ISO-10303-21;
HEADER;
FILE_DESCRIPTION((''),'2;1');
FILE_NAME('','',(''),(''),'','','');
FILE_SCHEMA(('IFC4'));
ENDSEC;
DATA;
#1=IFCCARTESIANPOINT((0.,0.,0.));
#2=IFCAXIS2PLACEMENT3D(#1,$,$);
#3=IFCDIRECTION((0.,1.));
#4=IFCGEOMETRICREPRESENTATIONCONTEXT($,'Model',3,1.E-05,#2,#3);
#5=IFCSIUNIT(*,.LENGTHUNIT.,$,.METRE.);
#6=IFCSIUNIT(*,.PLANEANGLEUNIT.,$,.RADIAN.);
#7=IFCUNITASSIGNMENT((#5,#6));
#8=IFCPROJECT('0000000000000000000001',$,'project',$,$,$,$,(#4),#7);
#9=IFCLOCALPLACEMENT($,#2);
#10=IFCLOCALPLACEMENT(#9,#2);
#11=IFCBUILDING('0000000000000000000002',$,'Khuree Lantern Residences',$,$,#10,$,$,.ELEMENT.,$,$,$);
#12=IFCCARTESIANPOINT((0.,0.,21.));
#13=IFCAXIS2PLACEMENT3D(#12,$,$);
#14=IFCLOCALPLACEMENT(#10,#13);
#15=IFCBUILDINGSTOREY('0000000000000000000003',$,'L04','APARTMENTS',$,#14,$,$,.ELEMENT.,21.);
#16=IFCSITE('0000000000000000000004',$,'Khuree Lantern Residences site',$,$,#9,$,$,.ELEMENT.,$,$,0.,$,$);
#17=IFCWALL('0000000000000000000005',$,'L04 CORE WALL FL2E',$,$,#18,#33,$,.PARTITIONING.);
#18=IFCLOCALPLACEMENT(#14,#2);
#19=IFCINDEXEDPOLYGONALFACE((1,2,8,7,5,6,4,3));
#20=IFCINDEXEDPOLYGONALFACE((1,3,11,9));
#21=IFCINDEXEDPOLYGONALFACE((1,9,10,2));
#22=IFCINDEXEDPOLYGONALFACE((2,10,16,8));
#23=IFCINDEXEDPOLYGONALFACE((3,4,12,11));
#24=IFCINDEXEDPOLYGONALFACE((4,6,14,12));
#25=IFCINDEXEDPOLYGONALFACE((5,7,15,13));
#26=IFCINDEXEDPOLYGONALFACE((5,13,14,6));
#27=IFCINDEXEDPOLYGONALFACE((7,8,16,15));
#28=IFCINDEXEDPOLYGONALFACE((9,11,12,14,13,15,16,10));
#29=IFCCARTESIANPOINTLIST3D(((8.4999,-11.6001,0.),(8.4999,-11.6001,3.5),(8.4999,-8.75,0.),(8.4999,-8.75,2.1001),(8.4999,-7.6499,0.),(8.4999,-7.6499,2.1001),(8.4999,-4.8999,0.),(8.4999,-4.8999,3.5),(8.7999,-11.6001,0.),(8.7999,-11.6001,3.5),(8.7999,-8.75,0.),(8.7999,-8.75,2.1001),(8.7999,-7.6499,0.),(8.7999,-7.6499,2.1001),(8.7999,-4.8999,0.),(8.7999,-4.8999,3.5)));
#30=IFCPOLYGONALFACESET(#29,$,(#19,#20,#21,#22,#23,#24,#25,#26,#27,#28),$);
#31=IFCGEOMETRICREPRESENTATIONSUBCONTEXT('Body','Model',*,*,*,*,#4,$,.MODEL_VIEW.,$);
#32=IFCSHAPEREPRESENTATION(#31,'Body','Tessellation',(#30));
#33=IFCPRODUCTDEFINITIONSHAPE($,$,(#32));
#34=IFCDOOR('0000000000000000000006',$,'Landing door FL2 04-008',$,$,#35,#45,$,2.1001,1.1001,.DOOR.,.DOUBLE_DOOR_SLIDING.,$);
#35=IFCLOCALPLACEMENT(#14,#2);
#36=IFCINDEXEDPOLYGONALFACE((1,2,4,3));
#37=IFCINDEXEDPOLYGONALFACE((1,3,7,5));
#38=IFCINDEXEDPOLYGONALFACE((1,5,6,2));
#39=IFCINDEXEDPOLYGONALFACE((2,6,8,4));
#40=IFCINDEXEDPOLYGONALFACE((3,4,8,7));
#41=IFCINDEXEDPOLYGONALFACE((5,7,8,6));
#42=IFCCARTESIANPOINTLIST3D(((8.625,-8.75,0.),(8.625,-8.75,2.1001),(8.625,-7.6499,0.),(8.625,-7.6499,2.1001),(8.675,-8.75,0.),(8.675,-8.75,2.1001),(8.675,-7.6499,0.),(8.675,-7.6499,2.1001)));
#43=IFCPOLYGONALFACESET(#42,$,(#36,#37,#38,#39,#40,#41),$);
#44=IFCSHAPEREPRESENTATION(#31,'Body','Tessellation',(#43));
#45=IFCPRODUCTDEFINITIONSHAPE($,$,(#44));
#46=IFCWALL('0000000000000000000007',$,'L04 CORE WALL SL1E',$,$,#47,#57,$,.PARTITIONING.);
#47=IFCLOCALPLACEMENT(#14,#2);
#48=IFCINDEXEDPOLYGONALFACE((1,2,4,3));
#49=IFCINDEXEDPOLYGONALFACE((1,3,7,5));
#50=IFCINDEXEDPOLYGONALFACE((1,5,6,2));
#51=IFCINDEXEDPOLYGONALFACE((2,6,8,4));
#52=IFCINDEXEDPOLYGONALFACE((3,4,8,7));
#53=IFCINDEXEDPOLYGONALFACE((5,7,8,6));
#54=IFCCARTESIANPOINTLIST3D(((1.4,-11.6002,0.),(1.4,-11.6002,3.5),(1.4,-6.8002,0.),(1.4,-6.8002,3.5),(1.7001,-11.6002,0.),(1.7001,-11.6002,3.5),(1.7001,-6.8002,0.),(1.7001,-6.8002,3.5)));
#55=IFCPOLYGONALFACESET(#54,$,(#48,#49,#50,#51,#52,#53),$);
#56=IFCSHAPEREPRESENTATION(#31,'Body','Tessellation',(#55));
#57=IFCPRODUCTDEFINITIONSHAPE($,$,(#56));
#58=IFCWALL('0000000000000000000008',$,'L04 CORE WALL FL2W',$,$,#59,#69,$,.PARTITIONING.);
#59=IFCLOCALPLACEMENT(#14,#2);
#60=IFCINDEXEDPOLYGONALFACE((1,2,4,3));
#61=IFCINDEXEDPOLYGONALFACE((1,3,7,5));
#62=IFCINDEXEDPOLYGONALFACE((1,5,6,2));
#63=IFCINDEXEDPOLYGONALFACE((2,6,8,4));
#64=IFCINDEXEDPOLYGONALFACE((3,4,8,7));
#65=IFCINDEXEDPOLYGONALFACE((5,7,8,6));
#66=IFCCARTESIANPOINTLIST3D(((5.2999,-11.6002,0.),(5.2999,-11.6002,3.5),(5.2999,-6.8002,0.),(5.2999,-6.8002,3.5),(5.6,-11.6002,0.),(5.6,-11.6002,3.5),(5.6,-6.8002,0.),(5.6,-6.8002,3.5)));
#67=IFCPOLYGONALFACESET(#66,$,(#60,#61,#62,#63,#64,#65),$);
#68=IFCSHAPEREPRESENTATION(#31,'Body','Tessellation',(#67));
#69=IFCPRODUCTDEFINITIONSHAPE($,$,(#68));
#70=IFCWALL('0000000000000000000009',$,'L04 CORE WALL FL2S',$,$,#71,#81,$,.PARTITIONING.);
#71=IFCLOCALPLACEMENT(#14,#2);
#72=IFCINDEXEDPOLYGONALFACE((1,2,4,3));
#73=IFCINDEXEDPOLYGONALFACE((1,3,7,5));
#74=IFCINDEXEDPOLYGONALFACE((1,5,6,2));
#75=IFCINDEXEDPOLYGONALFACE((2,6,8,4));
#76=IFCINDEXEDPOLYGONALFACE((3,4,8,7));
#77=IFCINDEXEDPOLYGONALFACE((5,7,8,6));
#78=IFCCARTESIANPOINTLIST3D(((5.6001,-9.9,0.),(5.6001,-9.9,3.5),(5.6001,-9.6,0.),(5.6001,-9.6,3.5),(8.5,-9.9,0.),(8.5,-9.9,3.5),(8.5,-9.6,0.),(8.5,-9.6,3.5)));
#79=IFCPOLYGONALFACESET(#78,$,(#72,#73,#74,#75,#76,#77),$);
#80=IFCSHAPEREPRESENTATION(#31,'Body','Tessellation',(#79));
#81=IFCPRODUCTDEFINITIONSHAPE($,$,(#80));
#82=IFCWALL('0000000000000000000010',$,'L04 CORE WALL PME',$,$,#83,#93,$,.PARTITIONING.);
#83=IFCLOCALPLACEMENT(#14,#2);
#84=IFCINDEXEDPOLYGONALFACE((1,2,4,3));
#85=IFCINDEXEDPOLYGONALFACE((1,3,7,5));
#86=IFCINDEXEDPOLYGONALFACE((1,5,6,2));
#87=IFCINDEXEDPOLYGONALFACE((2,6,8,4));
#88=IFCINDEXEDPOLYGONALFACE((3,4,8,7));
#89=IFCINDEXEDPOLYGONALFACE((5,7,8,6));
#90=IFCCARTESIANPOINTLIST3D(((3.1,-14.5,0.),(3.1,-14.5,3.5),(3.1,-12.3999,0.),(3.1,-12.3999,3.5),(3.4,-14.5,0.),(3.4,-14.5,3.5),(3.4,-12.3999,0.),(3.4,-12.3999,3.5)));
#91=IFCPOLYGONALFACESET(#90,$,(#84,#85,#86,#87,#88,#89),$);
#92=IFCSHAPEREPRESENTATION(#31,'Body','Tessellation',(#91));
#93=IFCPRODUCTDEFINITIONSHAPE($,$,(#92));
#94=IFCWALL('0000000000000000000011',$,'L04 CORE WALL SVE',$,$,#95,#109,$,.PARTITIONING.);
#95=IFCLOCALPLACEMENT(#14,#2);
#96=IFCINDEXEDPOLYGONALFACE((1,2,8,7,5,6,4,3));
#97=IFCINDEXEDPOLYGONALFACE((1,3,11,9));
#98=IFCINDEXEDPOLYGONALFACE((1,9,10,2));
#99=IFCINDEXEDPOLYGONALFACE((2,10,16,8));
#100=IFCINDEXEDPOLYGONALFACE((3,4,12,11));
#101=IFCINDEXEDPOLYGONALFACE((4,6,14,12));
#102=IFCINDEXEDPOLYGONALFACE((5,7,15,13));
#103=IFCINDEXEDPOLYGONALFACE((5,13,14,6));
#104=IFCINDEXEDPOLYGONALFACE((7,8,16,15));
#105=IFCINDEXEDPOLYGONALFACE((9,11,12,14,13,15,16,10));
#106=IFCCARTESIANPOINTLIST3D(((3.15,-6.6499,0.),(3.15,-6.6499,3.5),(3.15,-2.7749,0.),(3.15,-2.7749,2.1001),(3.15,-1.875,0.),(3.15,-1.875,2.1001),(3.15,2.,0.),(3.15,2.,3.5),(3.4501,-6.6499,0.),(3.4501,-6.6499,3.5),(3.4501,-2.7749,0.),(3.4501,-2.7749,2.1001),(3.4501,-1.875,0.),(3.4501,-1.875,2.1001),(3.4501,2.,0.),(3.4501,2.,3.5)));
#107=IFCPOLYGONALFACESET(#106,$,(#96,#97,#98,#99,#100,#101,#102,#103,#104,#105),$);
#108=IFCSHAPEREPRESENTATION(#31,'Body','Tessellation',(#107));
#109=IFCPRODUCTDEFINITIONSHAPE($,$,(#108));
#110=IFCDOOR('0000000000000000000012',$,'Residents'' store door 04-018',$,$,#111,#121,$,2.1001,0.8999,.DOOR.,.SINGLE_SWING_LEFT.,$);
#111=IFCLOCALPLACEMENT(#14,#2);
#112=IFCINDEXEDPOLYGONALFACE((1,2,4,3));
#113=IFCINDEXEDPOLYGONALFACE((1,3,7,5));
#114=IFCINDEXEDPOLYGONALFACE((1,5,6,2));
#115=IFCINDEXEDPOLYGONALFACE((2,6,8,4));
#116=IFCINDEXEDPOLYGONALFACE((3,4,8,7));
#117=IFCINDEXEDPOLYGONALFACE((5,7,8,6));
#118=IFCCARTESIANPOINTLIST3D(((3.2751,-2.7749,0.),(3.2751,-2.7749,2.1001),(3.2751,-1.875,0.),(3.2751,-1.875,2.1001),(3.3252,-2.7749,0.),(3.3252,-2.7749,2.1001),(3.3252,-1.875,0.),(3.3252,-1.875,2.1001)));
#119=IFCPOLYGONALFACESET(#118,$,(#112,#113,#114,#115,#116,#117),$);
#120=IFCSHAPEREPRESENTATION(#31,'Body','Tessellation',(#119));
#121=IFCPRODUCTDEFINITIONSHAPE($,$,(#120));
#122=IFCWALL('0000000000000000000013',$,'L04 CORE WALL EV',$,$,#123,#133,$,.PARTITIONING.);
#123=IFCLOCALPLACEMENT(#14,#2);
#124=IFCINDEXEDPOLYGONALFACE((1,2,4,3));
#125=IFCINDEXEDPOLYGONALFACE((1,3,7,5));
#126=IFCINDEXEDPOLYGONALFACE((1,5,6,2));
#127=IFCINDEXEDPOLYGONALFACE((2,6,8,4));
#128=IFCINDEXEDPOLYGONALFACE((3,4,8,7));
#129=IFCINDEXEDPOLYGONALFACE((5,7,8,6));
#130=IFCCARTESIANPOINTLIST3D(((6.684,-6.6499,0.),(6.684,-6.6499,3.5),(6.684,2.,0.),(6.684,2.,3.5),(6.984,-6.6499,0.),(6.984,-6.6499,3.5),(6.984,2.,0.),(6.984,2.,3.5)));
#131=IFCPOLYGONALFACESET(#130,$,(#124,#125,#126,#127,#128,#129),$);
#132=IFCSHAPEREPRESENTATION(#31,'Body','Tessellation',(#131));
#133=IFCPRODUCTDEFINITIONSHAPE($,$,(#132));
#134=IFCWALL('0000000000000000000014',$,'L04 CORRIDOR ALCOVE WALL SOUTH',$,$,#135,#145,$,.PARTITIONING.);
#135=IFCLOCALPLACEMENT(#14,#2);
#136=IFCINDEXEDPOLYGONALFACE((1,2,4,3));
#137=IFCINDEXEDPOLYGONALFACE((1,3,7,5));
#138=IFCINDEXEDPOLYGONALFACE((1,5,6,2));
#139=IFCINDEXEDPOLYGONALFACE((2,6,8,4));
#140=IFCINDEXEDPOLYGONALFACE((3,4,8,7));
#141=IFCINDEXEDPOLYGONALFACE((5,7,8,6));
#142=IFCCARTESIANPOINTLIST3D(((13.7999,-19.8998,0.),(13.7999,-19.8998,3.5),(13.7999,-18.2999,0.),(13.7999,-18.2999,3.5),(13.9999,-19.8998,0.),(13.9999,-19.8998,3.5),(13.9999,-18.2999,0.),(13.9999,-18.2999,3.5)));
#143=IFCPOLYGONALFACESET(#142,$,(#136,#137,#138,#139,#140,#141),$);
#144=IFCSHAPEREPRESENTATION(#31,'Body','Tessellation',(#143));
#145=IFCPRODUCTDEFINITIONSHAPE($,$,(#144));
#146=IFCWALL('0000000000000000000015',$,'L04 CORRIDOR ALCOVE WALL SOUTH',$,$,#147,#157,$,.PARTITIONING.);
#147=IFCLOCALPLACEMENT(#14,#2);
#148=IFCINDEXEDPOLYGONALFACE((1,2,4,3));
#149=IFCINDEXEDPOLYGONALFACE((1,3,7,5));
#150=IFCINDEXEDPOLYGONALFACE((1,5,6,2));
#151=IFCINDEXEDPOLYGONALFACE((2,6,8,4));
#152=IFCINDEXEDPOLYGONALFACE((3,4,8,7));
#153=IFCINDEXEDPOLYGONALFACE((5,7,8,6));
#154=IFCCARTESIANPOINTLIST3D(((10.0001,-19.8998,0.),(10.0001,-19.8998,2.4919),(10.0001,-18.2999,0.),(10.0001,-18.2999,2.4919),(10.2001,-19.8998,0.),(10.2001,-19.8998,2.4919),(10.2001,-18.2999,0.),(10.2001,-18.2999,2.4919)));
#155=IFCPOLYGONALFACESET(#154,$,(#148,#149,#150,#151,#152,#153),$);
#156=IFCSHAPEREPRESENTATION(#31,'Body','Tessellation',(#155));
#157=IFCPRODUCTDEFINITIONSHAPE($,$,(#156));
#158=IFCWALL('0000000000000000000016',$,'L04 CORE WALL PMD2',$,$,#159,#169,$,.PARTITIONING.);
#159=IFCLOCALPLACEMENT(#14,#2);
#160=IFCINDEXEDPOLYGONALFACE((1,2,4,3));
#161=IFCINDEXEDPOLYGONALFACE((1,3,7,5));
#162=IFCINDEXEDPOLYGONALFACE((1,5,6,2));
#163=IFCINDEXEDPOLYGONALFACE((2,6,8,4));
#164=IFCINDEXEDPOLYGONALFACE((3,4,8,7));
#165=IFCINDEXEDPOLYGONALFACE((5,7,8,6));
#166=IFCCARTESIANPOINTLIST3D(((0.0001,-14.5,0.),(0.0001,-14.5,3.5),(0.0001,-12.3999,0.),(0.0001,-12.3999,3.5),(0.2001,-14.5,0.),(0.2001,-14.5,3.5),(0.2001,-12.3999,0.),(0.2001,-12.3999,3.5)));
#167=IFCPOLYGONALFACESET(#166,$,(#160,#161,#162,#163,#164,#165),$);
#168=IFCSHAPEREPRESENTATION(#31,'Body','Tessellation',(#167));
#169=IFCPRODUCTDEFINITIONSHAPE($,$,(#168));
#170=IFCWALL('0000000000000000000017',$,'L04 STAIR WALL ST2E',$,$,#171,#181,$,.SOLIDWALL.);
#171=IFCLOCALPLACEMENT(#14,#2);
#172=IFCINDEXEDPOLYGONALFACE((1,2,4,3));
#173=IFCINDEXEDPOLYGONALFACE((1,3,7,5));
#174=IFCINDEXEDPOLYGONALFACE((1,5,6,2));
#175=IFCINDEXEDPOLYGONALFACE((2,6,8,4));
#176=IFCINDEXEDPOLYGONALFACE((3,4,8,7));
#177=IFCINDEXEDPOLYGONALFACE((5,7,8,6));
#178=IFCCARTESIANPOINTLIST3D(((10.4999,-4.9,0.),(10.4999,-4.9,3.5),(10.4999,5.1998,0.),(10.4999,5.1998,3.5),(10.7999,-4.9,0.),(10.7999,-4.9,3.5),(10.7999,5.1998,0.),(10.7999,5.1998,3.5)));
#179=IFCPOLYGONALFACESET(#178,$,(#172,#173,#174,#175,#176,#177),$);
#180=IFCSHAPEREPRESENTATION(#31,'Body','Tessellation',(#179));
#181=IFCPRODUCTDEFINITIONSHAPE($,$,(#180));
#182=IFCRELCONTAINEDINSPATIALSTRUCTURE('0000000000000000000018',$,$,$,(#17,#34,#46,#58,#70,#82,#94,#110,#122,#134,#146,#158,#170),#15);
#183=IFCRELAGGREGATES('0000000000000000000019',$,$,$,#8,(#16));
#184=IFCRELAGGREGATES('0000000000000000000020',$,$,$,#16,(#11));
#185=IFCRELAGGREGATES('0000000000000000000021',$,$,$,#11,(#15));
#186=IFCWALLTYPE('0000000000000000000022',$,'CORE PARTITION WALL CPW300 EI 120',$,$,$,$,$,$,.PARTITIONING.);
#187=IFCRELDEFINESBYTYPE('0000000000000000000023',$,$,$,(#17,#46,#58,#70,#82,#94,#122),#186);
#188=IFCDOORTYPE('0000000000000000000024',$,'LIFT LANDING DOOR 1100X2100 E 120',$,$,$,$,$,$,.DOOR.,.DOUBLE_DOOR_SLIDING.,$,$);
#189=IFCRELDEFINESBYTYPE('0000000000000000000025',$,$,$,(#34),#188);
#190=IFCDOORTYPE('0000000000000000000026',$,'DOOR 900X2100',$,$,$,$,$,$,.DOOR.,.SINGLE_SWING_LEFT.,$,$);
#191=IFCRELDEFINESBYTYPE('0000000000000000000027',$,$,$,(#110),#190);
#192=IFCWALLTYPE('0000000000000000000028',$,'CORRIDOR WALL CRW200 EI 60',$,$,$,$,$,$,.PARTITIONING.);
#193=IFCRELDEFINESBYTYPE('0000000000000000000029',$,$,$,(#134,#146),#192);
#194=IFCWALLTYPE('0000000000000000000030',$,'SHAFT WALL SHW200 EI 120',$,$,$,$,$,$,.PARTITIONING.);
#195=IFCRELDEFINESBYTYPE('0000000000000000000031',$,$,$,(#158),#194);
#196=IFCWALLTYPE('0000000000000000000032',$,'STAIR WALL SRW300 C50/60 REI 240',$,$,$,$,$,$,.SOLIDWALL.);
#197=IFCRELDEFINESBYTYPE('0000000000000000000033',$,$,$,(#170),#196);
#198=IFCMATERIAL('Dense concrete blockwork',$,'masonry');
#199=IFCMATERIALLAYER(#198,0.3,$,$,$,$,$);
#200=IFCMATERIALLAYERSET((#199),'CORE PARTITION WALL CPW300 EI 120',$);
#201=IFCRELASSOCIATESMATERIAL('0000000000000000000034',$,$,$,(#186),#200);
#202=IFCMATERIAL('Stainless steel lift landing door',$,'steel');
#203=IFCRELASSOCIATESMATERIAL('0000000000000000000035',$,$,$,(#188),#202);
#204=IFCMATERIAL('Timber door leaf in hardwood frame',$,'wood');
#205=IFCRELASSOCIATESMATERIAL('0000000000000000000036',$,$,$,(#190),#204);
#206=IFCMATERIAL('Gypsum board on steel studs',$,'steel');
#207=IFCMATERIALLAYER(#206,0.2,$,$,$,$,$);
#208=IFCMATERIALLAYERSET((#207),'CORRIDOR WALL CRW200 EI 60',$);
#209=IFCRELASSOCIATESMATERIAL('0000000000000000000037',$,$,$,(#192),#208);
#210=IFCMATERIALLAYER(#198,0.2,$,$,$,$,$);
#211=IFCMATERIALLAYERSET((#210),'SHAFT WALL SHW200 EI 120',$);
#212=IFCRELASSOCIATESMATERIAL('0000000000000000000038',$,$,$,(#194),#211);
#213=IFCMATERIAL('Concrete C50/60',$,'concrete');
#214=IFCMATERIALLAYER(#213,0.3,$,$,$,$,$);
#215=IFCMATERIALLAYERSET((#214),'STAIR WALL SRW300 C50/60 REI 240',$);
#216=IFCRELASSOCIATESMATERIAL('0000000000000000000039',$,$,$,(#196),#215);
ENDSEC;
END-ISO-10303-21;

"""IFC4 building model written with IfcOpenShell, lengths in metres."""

from ifc_helpers import new_model, si_unit, direction, frame, frame_2d, origin, place, context, subcontext, project, spatial, rectangle, extrude, material, layer, layer_set, type_object, element, fill, save


model = new_model("IFC4")

# Units and contexts
model_context = context("Model", 3, precision=1e-05, world=origin(), true_north=direction((0.0, 1.0)))
body_context = subcontext(model_context, "Body", "Model", "MODEL_VIEW")
ifc_project = project(units=[si_unit("LENGTHUNIT", "METRE"), si_unit("PLANEANGLEUNIT", "RADIAN")], contexts=[model_context])

# Site, building, storey
site_placement = place(None, origin())
site = spatial("IfcSite", under=ifc_project, at=site_placement, Name="Khuree Lantern Residences site", CompositionType="ELEMENT", RefElevation=0.0)
building_placement = place(site_placement, origin())
building = spatial("IfcBuilding", under=site, at=building_placement, Name="Khuree Lantern Residences", CompositionType="ELEMENT")
storey_placement = place(building_placement, frame((0.0, 0.0, 21.0)))
storey = spatial("IfcBuildingStorey", under=building, at=storey_placement, Name="L04", Description="APARTMENTS", CompositionType="ELEMENT", Elevation=21.0)

# Wall, opening, door
ifc_material_1 = material(Name="Dense concrete blockwork", Category="masonry")
ifc_layer_1 = layer(ifc_material_1, 0.3)
ifc_layer_set_1 = layer_set([ifc_layer_1], Name="CORE PARTITION WALL CPW300 EI 120")
wall_type_1 = type_object("IfcWallType", Name="CORE PARTITION WALL CPW300 EI 120", PredefinedType="PARTITIONING", material=ifc_layer_set_1)
wall_1_placement = place(storey_placement, frame((8.6499, -11.6001, 0.0), z_axis=(0.0, 0.0, 1.0), x_axis=(0.0, 1.0, 0.0)))
wall_1 = element("IfcWall", 1, at=wall_1_placement, inside=storey, type_object=wall_type_1, Name="L04 CORE WALL FL2E", PredefinedType="PARTITIONING", context=body_context, shape_type="SweptSolid", body=[
    extrude(rectangle(XDim=6.7002, YDim=0.3, at=frame_2d((3.3501, 0.0))), origin(), (0.0, 0.0, 1.0), 3.5),
])
opening_1_placement = place(wall_1_placement, frame((2.8501, 0.0, 0.0)))
opening_1 = element("IfcOpeningElement", 2, at=opening_1_placement, cuts=wall_1, PredefinedType="OPENING", context=body_context, shape_type="SweptSolid", body=[
    extrude(rectangle(XDim=1.1001, YDim=2.1001, at=frame_2d((0.55, 1.05))), frame((0.0, 0.1602, 0.0), z_axis=(0.0, -1.0, 0.0), x_axis=(1.0, 0.0, 0.0)), (0.0, 0.0, 1.0), 0.3201),
])
ifc_material_2 = material(Name="Stainless steel lift landing door", Category="steel")
door_type_1 = type_object("IfcDoorType", Name="LIFT LANDING DOOR 1100X2100 E 120", OperationType="DOUBLE_DOOR_SLIDING", PredefinedType="DOOR", material=ifc_material_2)
door_1_placement = place(opening_1_placement, origin())
door_1 = element("IfcDoor", 3, at=door_1_placement, inside=storey, type_object=door_type_1, Name="Landing door FL2 04-008", OperationType="DOUBLE_DOOR_SLIDING", OverallHeight=2.1001, OverallWidth=1.1001, PredefinedType="DOOR", context=body_context, shape_type="SweptSolid", body=[
    extrude(rectangle(XDim=1.1001, YDim=2.1001, at=frame_2d((0.55, 1.05))), frame((0.0, 0.0249, 0.0), z_axis=(0.0, -1.0, 0.0), x_axis=(1.0, 0.0, 0.0)), (0.0, 0.0, 1.0), 0.05),
])
fill(opening_1, door_1)

# Walls
for number, where, z_axis, x_axis, name in (
    (4, (1.55, -11.6001, 0.0), (0.0, 0.0, 1.0), (0.0, 1.0, 0.0), "L04 CORE WALL SL1E"),
    (5, (5.45, -11.6001, 0.0), (0.0, 0.0, 1.0), (0.0, 1.0, 0.0), "L04 CORE WALL FL2W"),
):
    element("IfcWall", number, at=place(storey_placement, frame(where, z_axis=z_axis, x_axis=x_axis)), inside=storey, type_object=wall_type_1, Name=name, PredefinedType="PARTITIONING", context=body_context, shape_type="SweptSolid", body=[
        extrude(rectangle(XDim=4.8, YDim=0.3, at=frame_2d((2.3999, 0.0))), origin(), (0.0, 0.0, 1.0), 3.5),
    ])
wall_2_placement = place(storey_placement, frame((5.6001, -9.75, 0.0), z_axis=(0.0, 0.0, 1.0), x_axis=(1.0, 0.0, 0.0)))
element("IfcWall", 6, at=wall_2_placement, inside=storey, type_object=wall_type_1, Name="L04 CORE WALL FL2S", PredefinedType="PARTITIONING", context=body_context, shape_type="SweptSolid", body=[
    extrude(rectangle(XDim=2.8999, YDim=0.3, at=frame_2d((1.45, 0.0))), origin(), (0.0, 0.0, 1.0), 3.5),
])
wall_3_placement = place(storey_placement, frame((3.25, -14.5, 0.0), z_axis=(0.0, 0.0, 1.0), x_axis=(0.0, 1.0, 0.0)))
element("IfcWall", 7, at=wall_3_placement, inside=storey, type_object=wall_type_1, Name="L04 CORE WALL PME", PredefinedType="PARTITIONING", context=body_context, shape_type="SweptSolid", body=[
    extrude(rectangle(XDim=2.1001, YDim=0.3, at=frame_2d((1.05, 0.0))), origin(), (0.0, 0.0, 1.0), 3.5),
])

# Wall, opening, door
wall_4_placement = place(storey_placement, frame((3.3, -6.6499, 0.0), z_axis=(0.0, 0.0, 1.0), x_axis=(0.0, 1.0, 0.0)))
wall_4 = element("IfcWall", 8, at=wall_4_placement, inside=storey, type_object=wall_type_1, Name="L04 CORE WALL SVE", PredefinedType="PARTITIONING", context=body_context, shape_type="SweptSolid", body=[
    extrude(rectangle(XDim=8.6499, YDim=0.3, at=frame_2d((4.325, 0.0))), origin(), (0.0, 0.0, 1.0), 3.5),
])
opening_2_placement = place(wall_4_placement, frame((3.875, 0.0, 0.0)))
opening_2 = element("IfcOpeningElement", 9, at=opening_2_placement, cuts=wall_4, PredefinedType="OPENING", context=body_context, shape_type="SweptSolid", body=[
    extrude(rectangle(XDim=0.8999, YDim=2.1001, at=frame_2d((0.45, 1.05))), frame((0.0, 0.1602, 0.0), z_axis=(0.0, -1.0, 0.0), x_axis=(1.0, 0.0, 0.0)), (0.0, 0.0, 1.0), 0.3201),
])
ifc_material_3 = material(Name="Timber door leaf in hardwood frame", Category="wood")
door_type_2 = type_object("IfcDoorType", Name="DOOR 900X2100", OperationType="SINGLE_SWING_LEFT", PredefinedType="DOOR", material=ifc_material_3)
door_2_placement = place(opening_2_placement, origin())
door_2 = element("IfcDoor", 10, at=door_2_placement, inside=storey, type_object=door_type_2, Name="Residents' store door 04-018", OperationType="SINGLE_SWING_LEFT", OverallHeight=2.1001, OverallWidth=0.8999, PredefinedType="DOOR", context=body_context, shape_type="SweptSolid", body=[
    extrude(rectangle(XDim=0.8999, YDim=2.1001, at=frame_2d((0.45, 1.05))), frame((0.0, 0.0249, 0.0), z_axis=(0.0, -1.0, 0.0), x_axis=(1.0, 0.0, 0.0)), (0.0, 0.0, 1.0), 0.05),
])
fill(opening_2, door_2)

# Walls
wall_5_placement = place(storey_placement, frame((6.834, -6.6499, 0.0), z_axis=(0.0, 0.0, 1.0), x_axis=(0.0, 1.0, 0.0)))
element("IfcWall", 11, at=wall_5_placement, inside=storey, type_object=wall_type_1, Name="L04 CORE WALL EV", PredefinedType="PARTITIONING", context=body_context, shape_type="SweptSolid", body=[
    extrude(rectangle(XDim=8.6499, YDim=0.3, at=frame_2d((4.325, 0.0))), origin(), (0.0, 0.0, 1.0), 3.5),
])
ifc_material_4 = material(Name="Gypsum board on steel studs", Category="steel")
ifc_layer_2 = layer(ifc_material_4, 0.2)
ifc_layer_set_2 = layer_set([ifc_layer_2], Name="CORRIDOR WALL CRW200 EI 60")
wall_type_2 = type_object("IfcWallType", Name="CORRIDOR WALL CRW200 EI 60", PredefinedType="PARTITIONING", material=ifc_layer_set_2)
wall_6_placement = place(storey_placement, frame((13.8999, -18.3, 0.0), z_axis=(0.0, 0.0, 1.0), x_axis=(0.0, -1.0, 0.0)))
element("IfcWall", 12, at=wall_6_placement, inside=storey, type_object=wall_type_2, Name="L04 CORRIDOR ALCOVE WALL SOUTH", PredefinedType="PARTITIONING", context=body_context, shape_type="SweptSolid", body=[
    extrude(rectangle(XDim=1.5999, YDim=0.2, at=frame_2d((0.7998, 0.0))), origin(), (0.0, 0.0, 1.0), 3.5),
])
wall_7_placement = place(storey_placement, frame((10.1001, -18.3, 0.0), z_axis=(0.0, 0.0, 1.0), x_axis=(0.0, -1.0, 0.0)))
element("IfcWall", 13, at=wall_7_placement, inside=storey, type_object=wall_type_2, Name="L04 CORRIDOR ALCOVE WALL SOUTH", PredefinedType="PARTITIONING", context=body_context, shape_type="SweptSolid", body=[
    extrude(rectangle(XDim=1.5999, YDim=0.2, at=frame_2d((0.7998, 0.0))), origin(), (0.0, 0.0, 1.0), 2.4919),
])
ifc_layer_3 = layer(ifc_material_1, 0.2)
ifc_layer_set_3 = layer_set([ifc_layer_3], Name="SHAFT WALL SHW200 EI 120")
wall_type_3 = type_object("IfcWallType", Name="SHAFT WALL SHW200 EI 120", PredefinedType="PARTITIONING", material=ifc_layer_set_3)
wall_8_placement = place(storey_placement, frame((0.1001, -14.5, 0.0), z_axis=(0.0, 0.0, 1.0), x_axis=(0.0, 1.0, 0.0)))
element("IfcWall", 14, at=wall_8_placement, inside=storey, type_object=wall_type_3, Name="L04 CORE WALL PMD2", PredefinedType="PARTITIONING", context=body_context, shape_type="SweptSolid", body=[
    extrude(rectangle(XDim=2.1001, YDim=0.2, at=frame_2d((1.05, 0.0))), origin(), (0.0, 0.0, 1.0), 3.5),
])
ifc_material_5 = material(Name="Concrete C50/60", Category="concrete")
ifc_layer_4 = layer(ifc_material_5, 0.3)
ifc_layer_set_4 = layer_set([ifc_layer_4], Name="STAIR WALL SRW300 C50/60 REI 240")
wall_type_4 = type_object("IfcWallType", Name="STAIR WALL SRW300 C50/60 REI 240", PredefinedType="SOLIDWALL", material=ifc_layer_set_4)
wall_9_placement = place(storey_placement, frame((10.6499, -4.8999, 0.0), z_axis=(0.0, 0.0, 1.0), x_axis=(0.0, 1.0, 0.0)))
element("IfcWall", 15, at=wall_9_placement, inside=storey, type_object=wall_type_4, Name="L04 STAIR WALL ST2E", PredefinedType="SOLIDWALL", context=body_context, shape_type="SweptSolid", body=[
    extrude(rectangle(XDim=10.0999, YDim=0.3, at=frame_2d((5.0498, 0.0))), origin(), (0.0, 0.0, 1.0), 3.5),
])

save(model, "model.ifc")
